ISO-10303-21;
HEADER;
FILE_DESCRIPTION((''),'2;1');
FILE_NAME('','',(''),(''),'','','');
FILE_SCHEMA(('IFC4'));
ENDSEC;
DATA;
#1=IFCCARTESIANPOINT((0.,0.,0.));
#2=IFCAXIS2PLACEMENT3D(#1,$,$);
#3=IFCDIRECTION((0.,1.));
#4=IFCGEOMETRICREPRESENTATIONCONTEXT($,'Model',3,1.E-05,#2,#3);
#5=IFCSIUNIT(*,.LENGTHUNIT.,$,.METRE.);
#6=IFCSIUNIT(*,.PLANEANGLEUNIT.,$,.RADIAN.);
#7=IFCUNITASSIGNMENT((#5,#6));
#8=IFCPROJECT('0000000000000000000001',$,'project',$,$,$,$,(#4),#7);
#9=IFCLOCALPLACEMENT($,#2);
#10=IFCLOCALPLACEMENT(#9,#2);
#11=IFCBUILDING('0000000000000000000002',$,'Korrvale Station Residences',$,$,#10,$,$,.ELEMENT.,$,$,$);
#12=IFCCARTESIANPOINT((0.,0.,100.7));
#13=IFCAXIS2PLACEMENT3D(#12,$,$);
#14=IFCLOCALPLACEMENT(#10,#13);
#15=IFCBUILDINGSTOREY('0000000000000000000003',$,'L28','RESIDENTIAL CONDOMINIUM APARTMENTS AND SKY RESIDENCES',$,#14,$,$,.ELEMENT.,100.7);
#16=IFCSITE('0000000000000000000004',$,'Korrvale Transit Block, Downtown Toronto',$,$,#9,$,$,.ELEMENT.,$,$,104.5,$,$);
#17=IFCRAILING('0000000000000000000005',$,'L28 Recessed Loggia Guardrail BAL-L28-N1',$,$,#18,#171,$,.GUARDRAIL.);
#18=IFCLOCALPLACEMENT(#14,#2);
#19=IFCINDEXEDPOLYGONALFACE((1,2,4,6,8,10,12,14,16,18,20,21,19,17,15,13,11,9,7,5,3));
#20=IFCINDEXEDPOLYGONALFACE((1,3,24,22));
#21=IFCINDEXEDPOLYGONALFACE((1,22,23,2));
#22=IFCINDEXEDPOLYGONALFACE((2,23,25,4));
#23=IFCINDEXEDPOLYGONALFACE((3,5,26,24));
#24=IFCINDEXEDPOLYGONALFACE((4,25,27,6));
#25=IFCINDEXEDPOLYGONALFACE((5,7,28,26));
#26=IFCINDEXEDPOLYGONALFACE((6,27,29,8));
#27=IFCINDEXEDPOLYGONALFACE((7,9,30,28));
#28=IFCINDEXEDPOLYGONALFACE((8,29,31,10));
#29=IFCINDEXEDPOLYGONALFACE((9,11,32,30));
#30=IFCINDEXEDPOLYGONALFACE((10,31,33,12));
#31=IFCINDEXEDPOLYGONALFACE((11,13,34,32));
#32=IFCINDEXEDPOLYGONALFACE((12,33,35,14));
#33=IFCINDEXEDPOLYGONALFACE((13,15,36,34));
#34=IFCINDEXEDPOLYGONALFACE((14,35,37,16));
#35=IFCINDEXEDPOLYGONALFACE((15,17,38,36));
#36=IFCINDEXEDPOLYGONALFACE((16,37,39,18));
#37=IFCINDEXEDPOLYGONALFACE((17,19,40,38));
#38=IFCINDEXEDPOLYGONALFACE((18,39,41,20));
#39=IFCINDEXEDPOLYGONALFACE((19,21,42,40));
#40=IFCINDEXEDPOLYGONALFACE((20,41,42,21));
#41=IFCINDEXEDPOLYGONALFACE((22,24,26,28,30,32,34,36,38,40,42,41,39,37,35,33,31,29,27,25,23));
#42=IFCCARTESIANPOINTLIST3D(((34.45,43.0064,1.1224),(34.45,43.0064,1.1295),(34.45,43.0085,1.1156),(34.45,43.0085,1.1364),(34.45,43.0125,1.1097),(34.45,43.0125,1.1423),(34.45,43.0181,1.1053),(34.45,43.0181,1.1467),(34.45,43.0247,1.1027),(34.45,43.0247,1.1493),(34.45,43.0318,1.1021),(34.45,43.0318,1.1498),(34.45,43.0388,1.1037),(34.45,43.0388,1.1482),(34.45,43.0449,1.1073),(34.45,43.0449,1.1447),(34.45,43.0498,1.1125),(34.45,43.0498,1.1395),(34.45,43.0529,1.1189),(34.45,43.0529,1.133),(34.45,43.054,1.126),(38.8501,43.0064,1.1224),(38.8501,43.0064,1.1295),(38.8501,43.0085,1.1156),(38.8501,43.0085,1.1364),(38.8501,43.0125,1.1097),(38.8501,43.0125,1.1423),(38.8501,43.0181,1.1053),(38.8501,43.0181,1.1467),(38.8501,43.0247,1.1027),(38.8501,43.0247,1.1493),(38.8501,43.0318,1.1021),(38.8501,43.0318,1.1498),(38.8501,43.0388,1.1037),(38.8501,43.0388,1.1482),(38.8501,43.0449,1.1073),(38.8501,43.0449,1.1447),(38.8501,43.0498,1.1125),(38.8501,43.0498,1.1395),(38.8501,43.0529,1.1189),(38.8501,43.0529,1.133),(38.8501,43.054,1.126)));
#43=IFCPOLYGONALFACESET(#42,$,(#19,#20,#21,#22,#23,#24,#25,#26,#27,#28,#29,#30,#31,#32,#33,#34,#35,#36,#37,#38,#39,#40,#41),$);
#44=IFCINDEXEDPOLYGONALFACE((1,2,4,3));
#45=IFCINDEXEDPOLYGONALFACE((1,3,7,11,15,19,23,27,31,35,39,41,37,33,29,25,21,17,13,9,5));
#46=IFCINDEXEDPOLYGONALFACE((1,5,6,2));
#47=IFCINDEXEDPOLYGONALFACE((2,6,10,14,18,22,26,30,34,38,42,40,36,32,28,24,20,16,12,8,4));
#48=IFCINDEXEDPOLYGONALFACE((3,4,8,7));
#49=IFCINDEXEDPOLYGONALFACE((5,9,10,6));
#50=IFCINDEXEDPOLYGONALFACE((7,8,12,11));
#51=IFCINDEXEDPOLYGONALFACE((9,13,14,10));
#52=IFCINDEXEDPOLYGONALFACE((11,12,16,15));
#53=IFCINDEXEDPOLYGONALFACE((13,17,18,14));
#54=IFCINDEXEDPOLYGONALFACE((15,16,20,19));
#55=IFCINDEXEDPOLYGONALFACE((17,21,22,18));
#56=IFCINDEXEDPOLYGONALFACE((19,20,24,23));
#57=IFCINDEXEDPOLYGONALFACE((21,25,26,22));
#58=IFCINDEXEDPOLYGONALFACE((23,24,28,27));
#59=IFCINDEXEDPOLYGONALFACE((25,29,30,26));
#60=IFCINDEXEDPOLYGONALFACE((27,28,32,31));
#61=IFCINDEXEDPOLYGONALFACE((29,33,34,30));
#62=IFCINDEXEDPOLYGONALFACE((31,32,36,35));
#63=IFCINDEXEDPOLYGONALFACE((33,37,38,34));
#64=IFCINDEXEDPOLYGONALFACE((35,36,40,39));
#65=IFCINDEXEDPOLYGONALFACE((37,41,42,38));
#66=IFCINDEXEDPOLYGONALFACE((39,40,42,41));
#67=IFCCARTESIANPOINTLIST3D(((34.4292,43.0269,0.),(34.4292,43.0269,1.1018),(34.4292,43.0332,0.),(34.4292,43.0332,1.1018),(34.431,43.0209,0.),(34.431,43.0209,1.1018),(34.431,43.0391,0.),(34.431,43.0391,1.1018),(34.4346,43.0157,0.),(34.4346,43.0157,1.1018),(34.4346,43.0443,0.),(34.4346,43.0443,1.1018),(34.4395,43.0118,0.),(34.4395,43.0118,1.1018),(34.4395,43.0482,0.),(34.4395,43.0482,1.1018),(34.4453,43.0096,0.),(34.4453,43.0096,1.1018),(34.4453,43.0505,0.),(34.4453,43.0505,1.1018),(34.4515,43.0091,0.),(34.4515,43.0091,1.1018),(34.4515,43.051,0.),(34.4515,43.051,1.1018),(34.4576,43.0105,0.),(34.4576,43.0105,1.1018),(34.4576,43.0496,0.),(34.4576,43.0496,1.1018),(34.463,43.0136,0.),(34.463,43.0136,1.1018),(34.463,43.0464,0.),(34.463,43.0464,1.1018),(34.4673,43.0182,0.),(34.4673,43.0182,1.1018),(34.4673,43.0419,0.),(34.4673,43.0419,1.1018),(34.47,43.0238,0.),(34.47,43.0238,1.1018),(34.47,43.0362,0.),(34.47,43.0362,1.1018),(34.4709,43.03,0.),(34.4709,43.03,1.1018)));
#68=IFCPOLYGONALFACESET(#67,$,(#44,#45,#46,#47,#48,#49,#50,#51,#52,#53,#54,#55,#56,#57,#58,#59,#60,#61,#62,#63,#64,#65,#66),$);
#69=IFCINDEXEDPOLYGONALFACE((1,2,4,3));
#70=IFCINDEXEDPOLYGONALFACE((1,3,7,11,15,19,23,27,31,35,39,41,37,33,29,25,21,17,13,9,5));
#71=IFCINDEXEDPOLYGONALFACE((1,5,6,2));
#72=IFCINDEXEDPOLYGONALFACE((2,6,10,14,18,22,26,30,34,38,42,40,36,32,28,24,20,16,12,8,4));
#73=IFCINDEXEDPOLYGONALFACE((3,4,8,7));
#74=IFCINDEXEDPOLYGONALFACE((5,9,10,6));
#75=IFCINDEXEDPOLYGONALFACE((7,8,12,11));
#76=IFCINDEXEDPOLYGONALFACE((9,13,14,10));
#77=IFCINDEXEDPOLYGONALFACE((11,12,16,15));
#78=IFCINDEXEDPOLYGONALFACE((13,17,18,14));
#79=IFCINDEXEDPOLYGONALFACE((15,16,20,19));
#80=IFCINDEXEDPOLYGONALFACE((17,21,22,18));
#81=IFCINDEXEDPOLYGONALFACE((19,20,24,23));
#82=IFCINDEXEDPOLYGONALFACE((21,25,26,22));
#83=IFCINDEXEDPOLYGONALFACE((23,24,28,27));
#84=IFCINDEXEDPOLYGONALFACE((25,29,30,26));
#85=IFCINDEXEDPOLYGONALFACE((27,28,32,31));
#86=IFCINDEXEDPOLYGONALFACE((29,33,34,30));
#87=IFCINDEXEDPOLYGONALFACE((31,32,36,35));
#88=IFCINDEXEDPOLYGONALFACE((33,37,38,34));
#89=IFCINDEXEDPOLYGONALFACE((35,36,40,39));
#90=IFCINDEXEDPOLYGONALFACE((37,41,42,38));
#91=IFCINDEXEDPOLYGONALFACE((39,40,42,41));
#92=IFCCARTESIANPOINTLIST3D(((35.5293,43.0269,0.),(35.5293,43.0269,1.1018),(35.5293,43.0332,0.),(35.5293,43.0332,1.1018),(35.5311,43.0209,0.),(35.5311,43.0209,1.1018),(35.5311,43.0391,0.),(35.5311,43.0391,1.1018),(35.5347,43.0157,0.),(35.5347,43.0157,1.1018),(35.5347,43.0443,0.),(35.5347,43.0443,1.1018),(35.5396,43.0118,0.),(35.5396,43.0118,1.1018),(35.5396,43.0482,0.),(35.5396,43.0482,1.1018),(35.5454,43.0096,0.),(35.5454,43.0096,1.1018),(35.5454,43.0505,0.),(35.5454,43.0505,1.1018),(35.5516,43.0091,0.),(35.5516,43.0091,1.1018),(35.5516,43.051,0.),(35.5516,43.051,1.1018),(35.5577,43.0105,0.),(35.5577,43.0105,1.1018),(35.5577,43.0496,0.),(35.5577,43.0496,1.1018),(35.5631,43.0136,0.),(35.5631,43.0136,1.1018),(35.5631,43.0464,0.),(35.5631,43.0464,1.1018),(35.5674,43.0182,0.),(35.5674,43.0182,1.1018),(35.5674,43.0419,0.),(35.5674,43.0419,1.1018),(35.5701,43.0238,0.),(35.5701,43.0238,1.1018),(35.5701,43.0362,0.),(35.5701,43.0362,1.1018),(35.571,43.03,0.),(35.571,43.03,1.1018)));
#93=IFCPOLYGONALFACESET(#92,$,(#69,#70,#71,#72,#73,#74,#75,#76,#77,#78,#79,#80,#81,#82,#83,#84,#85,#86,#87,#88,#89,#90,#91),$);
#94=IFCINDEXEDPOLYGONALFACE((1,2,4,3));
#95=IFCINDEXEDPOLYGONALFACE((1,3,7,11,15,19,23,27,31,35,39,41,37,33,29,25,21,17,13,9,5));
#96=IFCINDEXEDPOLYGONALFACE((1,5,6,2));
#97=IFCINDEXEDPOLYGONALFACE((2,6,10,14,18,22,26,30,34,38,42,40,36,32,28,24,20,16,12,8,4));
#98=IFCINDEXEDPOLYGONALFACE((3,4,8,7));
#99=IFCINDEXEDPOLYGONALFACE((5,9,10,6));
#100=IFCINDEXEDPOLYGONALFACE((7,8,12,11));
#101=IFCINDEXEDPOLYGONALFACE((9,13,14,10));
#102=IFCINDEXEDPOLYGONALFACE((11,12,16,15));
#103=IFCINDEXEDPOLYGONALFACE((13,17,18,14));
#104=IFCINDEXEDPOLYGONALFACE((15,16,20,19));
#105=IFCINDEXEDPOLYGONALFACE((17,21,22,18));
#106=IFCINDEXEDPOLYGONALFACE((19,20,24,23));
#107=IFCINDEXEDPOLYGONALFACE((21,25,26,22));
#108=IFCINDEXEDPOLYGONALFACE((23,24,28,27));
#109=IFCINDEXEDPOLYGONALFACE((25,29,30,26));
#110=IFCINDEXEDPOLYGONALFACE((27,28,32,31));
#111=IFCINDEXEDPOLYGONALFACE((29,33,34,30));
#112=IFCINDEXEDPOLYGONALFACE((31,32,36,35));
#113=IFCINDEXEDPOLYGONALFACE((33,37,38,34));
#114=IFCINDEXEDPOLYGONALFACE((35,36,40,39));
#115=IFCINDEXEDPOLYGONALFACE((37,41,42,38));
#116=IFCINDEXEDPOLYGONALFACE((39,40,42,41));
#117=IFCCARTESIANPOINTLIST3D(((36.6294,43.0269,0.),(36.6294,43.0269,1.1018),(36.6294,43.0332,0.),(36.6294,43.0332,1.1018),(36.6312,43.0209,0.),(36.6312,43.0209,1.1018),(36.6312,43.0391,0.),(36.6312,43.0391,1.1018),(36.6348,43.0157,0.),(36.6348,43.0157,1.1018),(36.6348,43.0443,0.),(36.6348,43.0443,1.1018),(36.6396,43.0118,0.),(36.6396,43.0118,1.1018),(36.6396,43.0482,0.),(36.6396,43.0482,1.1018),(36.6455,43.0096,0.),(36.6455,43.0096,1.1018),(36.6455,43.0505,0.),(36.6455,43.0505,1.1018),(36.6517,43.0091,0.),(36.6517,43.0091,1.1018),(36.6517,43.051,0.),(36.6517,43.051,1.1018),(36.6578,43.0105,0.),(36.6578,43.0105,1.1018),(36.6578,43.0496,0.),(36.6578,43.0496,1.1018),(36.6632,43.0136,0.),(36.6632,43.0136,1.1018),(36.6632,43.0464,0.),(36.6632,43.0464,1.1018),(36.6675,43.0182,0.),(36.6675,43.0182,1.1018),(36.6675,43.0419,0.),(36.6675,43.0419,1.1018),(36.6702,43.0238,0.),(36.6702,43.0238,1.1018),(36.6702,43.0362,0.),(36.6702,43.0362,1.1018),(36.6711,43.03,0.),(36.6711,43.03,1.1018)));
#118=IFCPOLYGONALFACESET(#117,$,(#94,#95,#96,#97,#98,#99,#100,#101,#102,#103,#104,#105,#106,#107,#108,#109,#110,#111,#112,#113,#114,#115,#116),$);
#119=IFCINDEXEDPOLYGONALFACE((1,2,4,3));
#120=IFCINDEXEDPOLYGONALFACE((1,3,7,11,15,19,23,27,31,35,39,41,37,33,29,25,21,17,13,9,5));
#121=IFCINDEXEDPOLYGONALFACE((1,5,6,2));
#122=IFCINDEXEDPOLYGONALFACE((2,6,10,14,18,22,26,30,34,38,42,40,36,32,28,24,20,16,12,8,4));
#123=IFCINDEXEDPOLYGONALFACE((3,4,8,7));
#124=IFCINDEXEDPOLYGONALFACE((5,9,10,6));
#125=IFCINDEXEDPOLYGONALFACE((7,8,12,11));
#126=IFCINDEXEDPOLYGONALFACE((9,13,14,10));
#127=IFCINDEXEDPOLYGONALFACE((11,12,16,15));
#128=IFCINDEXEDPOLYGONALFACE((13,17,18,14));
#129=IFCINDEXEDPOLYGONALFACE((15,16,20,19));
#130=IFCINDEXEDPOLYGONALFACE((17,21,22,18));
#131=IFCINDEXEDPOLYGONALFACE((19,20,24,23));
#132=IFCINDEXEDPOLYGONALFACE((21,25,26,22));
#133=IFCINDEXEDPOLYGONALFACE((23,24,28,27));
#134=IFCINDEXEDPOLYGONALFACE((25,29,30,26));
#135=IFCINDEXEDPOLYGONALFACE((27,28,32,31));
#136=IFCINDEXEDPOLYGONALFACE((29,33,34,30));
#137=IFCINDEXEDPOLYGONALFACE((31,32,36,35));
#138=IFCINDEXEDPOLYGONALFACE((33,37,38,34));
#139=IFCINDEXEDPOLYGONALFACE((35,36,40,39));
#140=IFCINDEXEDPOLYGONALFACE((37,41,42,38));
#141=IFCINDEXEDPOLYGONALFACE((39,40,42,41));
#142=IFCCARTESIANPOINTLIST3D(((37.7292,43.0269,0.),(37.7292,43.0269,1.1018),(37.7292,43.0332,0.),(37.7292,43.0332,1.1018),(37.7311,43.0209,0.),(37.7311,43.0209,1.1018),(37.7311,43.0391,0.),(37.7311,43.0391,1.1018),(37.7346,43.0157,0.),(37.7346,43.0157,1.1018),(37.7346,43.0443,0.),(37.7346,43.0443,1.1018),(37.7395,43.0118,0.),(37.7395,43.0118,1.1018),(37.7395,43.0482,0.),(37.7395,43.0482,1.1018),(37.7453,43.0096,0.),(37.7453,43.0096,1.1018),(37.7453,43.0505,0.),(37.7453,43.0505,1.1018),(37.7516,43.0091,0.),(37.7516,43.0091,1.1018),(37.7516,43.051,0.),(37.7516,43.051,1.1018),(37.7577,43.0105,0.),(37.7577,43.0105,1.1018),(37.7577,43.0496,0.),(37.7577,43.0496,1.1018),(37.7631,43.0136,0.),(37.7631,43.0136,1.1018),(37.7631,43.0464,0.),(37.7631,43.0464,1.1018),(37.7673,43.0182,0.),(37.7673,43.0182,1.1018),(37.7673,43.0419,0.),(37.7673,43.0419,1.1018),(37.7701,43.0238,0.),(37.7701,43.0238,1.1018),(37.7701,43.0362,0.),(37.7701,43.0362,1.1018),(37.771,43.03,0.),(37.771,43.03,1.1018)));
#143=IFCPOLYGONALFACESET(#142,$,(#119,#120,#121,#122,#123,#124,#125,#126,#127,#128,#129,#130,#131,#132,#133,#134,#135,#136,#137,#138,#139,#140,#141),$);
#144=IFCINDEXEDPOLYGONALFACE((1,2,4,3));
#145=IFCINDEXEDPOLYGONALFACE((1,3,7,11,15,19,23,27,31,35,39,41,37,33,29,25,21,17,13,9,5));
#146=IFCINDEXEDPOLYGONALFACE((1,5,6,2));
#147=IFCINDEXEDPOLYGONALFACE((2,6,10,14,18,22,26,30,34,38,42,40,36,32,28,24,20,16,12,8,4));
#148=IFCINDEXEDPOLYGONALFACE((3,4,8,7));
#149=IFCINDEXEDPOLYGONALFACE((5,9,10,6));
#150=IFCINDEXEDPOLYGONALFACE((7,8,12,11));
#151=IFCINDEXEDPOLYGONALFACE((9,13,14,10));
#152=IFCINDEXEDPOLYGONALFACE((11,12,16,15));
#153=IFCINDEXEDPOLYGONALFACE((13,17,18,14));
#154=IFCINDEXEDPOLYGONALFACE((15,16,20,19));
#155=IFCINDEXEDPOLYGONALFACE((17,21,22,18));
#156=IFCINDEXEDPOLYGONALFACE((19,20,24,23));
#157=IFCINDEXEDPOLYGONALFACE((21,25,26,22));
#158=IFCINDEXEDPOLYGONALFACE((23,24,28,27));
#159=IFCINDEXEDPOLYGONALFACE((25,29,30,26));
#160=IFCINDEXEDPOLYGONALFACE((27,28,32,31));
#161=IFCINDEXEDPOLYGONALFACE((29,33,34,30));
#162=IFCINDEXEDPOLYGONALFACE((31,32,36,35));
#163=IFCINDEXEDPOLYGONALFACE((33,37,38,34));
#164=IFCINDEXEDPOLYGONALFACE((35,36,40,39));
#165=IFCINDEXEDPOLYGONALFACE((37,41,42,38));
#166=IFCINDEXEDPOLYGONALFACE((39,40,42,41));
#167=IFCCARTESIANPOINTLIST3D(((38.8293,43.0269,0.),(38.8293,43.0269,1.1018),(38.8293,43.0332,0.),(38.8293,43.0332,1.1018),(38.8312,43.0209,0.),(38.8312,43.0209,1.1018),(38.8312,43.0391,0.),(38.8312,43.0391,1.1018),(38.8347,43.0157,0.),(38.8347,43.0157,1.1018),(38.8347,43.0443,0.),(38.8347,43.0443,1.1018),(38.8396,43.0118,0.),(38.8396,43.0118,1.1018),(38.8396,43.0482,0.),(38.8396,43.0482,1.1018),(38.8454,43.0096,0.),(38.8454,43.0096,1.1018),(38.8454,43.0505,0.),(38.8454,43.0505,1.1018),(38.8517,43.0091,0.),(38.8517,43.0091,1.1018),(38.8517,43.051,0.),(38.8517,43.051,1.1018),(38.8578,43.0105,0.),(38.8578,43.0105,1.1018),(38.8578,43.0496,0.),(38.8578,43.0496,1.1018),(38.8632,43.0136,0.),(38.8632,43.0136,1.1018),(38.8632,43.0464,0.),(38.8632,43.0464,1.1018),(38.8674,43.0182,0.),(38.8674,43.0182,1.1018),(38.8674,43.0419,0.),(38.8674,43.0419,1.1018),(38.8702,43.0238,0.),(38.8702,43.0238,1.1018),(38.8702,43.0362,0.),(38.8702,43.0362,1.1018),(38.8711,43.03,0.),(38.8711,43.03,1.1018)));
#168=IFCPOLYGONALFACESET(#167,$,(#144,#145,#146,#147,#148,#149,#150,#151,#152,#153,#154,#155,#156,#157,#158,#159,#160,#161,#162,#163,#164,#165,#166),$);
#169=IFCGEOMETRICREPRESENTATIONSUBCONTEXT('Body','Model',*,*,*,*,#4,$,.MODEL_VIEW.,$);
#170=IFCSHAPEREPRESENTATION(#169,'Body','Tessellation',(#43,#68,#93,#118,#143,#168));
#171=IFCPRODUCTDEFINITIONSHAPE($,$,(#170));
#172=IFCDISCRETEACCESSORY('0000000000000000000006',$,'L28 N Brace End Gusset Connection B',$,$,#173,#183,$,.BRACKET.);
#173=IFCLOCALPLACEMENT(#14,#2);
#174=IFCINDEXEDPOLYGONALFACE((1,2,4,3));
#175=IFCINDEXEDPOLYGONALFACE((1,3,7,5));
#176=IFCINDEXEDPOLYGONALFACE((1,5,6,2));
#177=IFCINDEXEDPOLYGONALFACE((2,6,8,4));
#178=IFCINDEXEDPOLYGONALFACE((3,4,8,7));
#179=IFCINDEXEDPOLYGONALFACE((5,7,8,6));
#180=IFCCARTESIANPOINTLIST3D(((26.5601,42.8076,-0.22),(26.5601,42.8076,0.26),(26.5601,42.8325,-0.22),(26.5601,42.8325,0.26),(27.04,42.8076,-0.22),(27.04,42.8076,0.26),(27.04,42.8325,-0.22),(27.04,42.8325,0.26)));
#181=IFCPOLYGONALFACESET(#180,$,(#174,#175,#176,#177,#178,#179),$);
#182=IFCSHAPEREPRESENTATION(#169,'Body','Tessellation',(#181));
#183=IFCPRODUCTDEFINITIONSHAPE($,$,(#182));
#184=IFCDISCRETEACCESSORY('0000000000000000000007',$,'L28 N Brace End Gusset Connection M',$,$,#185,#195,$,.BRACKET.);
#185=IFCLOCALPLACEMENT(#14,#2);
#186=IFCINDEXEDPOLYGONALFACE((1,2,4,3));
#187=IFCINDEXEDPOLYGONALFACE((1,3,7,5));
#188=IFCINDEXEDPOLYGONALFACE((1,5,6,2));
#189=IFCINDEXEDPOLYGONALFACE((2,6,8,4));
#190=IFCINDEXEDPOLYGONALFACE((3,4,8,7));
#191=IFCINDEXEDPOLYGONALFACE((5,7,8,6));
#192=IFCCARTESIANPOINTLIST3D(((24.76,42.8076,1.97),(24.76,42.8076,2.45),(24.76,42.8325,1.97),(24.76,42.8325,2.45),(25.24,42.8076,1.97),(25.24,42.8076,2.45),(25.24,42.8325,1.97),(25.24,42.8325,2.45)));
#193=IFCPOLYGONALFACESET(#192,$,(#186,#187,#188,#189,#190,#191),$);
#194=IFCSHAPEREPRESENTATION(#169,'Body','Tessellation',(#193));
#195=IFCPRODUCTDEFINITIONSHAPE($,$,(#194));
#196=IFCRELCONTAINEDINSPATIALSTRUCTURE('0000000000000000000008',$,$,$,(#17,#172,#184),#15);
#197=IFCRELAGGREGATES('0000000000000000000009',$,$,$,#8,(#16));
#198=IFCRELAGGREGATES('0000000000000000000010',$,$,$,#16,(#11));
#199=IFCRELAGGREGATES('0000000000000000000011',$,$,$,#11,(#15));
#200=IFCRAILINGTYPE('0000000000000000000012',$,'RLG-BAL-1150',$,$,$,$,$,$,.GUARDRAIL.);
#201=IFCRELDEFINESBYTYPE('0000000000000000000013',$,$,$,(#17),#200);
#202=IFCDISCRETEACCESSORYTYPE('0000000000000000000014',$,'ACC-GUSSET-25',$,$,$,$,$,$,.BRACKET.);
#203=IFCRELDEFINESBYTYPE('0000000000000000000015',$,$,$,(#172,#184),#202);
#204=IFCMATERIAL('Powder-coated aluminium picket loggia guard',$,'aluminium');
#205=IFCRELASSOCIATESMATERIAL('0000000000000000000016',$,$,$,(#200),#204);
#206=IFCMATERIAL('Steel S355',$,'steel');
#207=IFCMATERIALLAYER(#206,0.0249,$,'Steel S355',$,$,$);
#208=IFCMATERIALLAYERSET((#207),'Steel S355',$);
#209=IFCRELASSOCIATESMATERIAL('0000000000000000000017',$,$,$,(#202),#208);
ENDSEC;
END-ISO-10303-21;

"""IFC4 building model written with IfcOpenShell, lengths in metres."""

from ifc_helpers import new_model, si_unit, direction, frame, origin, origin_2d, place, context, subcontext, project, spatial, rectangle, circle, extrude, material, layer, layer_set, type_object, element, save


model = new_model("IFC4")

# Units and contexts
model_context = context("Model", 3, precision=1e-05, world=origin(), true_north=direction((0.0, 1.0)))
body_context = subcontext(model_context, "Body", "Model", "MODEL_VIEW")
ifc_project = project(units=[si_unit("LENGTHUNIT", "METRE"), si_unit("PLANEANGLEUNIT", "RADIAN")], contexts=[model_context])

# Site, building, storey
site_placement = place(None, origin())
site = spatial("IfcSite", under=ifc_project, at=site_placement, Name="Korrvale Transit Block, Downtown Toronto", CompositionType="ELEMENT", RefElevation=104.5)
building_placement = place(site_placement, origin())
building = spatial("IfcBuilding", under=site, at=building_placement, Name="Korrvale Station Residences", CompositionType="ELEMENT")
storey_placement = place(building_placement, frame((0.0, 0.0, 100.7)))
storey = spatial("IfcBuildingStorey", under=building, at=storey_placement, Name="L28", Description="RESIDENTIAL CONDOMINIUM APARTMENTS AND SKY RESIDENCES", CompositionType="ELEMENT", Elevation=100.7)

# Shared definitions
ifc_material_1 = material(Name="Steel S355", Category="steel")

# Railing
ifc_material_2 = material(Name="Powder-coated aluminium picket loggia guard", Category="aluminium")
railing_type = type_object("IfcRailingType", Name="RLG-BAL-1150", PredefinedType="GUARDRAIL", material=ifc_material_2)
railing_placement = place(storey_placement, frame((34.45, 43.03, 0.0)))
element("IfcRailing", 1, at=railing_placement, inside=storey, type_object=railing_type, Name="L28 Recessed Loggia Guardrail BAL-L28-N1", PredefinedType="GUARDRAIL", context=body_context, shape_type="SweptSolid", body=[
    extrude(circle(Radius=0.0239, at=origin_2d()), frame((0.0, 0.0, 1.126), z_axis=(1.0, 0.0, 0.0), x_axis=(0.0, 1.0, 0.0)), (0.0, 0.0, 1.0), 4.4001),
    extrude(circle(Radius=0.021, at=origin_2d()), origin(), (0.0, 0.0, 1.0), 1.1018),
    extrude(circle(Radius=0.021, at=origin_2d()), frame((1.1001, 0.0, 0.0)), (0.0, 0.0, 1.0), 1.1018),
    extrude(circle(Radius=0.021, at=origin_2d()), frame((2.2002, 0.0, 0.0)), (0.0, 0.0, 1.0), 1.1018),
    extrude(circle(Radius=0.021, at=origin_2d()), frame((3.3, 0.0, 0.0)), (0.0, 0.0, 1.0), 1.1018),
    extrude(circle(Radius=0.021, at=origin_2d()), frame((4.4001, 0.0, 0.0)), (0.0, 0.0, 1.0), 1.1018),
])

# Discrete accessories
ifc_layer_1 = layer(ifc_material_1, 0.0249, Name="Steel S355")
ifc_layer_set_1 = layer_set([ifc_layer_1], Name="Steel S355")
discrete_accessory_type = type_object("IfcDiscreteAccessoryType", Name="ACC-GUSSET-25", PredefinedType="BRACKET", material=ifc_layer_set_1)
for number, where, z_axis, x_axis, name in (
    (2, (26.8, 42.8201, -0.22), (0.0, 0.0, 1.0), (1.0, 0.0, 0.0), "L28 N Brace End Gusset Connection B"),
    (3, (25.0, 42.8201, 1.97), (0.0, 0.0, 1.0), (1.0, 0.0, 0.0), "L28 N Brace End Gusset Connection M"),
):
    element("IfcDiscreteAccessory", number, at=place(storey_placement, frame(where, z_axis=z_axis, x_axis=x_axis)), inside=storey, type_object=discrete_accessory_type, Name=name, PredefinedType="BRACKET", context=body_context, shape_type="SweptSolid", body=[
        extrude(rectangle(XDim=0.48, YDim=0.0249, at=origin_2d()), origin(), (0.0, 0.0, 1.0), 0.48),
    ])

save(model, "model.ifc")
